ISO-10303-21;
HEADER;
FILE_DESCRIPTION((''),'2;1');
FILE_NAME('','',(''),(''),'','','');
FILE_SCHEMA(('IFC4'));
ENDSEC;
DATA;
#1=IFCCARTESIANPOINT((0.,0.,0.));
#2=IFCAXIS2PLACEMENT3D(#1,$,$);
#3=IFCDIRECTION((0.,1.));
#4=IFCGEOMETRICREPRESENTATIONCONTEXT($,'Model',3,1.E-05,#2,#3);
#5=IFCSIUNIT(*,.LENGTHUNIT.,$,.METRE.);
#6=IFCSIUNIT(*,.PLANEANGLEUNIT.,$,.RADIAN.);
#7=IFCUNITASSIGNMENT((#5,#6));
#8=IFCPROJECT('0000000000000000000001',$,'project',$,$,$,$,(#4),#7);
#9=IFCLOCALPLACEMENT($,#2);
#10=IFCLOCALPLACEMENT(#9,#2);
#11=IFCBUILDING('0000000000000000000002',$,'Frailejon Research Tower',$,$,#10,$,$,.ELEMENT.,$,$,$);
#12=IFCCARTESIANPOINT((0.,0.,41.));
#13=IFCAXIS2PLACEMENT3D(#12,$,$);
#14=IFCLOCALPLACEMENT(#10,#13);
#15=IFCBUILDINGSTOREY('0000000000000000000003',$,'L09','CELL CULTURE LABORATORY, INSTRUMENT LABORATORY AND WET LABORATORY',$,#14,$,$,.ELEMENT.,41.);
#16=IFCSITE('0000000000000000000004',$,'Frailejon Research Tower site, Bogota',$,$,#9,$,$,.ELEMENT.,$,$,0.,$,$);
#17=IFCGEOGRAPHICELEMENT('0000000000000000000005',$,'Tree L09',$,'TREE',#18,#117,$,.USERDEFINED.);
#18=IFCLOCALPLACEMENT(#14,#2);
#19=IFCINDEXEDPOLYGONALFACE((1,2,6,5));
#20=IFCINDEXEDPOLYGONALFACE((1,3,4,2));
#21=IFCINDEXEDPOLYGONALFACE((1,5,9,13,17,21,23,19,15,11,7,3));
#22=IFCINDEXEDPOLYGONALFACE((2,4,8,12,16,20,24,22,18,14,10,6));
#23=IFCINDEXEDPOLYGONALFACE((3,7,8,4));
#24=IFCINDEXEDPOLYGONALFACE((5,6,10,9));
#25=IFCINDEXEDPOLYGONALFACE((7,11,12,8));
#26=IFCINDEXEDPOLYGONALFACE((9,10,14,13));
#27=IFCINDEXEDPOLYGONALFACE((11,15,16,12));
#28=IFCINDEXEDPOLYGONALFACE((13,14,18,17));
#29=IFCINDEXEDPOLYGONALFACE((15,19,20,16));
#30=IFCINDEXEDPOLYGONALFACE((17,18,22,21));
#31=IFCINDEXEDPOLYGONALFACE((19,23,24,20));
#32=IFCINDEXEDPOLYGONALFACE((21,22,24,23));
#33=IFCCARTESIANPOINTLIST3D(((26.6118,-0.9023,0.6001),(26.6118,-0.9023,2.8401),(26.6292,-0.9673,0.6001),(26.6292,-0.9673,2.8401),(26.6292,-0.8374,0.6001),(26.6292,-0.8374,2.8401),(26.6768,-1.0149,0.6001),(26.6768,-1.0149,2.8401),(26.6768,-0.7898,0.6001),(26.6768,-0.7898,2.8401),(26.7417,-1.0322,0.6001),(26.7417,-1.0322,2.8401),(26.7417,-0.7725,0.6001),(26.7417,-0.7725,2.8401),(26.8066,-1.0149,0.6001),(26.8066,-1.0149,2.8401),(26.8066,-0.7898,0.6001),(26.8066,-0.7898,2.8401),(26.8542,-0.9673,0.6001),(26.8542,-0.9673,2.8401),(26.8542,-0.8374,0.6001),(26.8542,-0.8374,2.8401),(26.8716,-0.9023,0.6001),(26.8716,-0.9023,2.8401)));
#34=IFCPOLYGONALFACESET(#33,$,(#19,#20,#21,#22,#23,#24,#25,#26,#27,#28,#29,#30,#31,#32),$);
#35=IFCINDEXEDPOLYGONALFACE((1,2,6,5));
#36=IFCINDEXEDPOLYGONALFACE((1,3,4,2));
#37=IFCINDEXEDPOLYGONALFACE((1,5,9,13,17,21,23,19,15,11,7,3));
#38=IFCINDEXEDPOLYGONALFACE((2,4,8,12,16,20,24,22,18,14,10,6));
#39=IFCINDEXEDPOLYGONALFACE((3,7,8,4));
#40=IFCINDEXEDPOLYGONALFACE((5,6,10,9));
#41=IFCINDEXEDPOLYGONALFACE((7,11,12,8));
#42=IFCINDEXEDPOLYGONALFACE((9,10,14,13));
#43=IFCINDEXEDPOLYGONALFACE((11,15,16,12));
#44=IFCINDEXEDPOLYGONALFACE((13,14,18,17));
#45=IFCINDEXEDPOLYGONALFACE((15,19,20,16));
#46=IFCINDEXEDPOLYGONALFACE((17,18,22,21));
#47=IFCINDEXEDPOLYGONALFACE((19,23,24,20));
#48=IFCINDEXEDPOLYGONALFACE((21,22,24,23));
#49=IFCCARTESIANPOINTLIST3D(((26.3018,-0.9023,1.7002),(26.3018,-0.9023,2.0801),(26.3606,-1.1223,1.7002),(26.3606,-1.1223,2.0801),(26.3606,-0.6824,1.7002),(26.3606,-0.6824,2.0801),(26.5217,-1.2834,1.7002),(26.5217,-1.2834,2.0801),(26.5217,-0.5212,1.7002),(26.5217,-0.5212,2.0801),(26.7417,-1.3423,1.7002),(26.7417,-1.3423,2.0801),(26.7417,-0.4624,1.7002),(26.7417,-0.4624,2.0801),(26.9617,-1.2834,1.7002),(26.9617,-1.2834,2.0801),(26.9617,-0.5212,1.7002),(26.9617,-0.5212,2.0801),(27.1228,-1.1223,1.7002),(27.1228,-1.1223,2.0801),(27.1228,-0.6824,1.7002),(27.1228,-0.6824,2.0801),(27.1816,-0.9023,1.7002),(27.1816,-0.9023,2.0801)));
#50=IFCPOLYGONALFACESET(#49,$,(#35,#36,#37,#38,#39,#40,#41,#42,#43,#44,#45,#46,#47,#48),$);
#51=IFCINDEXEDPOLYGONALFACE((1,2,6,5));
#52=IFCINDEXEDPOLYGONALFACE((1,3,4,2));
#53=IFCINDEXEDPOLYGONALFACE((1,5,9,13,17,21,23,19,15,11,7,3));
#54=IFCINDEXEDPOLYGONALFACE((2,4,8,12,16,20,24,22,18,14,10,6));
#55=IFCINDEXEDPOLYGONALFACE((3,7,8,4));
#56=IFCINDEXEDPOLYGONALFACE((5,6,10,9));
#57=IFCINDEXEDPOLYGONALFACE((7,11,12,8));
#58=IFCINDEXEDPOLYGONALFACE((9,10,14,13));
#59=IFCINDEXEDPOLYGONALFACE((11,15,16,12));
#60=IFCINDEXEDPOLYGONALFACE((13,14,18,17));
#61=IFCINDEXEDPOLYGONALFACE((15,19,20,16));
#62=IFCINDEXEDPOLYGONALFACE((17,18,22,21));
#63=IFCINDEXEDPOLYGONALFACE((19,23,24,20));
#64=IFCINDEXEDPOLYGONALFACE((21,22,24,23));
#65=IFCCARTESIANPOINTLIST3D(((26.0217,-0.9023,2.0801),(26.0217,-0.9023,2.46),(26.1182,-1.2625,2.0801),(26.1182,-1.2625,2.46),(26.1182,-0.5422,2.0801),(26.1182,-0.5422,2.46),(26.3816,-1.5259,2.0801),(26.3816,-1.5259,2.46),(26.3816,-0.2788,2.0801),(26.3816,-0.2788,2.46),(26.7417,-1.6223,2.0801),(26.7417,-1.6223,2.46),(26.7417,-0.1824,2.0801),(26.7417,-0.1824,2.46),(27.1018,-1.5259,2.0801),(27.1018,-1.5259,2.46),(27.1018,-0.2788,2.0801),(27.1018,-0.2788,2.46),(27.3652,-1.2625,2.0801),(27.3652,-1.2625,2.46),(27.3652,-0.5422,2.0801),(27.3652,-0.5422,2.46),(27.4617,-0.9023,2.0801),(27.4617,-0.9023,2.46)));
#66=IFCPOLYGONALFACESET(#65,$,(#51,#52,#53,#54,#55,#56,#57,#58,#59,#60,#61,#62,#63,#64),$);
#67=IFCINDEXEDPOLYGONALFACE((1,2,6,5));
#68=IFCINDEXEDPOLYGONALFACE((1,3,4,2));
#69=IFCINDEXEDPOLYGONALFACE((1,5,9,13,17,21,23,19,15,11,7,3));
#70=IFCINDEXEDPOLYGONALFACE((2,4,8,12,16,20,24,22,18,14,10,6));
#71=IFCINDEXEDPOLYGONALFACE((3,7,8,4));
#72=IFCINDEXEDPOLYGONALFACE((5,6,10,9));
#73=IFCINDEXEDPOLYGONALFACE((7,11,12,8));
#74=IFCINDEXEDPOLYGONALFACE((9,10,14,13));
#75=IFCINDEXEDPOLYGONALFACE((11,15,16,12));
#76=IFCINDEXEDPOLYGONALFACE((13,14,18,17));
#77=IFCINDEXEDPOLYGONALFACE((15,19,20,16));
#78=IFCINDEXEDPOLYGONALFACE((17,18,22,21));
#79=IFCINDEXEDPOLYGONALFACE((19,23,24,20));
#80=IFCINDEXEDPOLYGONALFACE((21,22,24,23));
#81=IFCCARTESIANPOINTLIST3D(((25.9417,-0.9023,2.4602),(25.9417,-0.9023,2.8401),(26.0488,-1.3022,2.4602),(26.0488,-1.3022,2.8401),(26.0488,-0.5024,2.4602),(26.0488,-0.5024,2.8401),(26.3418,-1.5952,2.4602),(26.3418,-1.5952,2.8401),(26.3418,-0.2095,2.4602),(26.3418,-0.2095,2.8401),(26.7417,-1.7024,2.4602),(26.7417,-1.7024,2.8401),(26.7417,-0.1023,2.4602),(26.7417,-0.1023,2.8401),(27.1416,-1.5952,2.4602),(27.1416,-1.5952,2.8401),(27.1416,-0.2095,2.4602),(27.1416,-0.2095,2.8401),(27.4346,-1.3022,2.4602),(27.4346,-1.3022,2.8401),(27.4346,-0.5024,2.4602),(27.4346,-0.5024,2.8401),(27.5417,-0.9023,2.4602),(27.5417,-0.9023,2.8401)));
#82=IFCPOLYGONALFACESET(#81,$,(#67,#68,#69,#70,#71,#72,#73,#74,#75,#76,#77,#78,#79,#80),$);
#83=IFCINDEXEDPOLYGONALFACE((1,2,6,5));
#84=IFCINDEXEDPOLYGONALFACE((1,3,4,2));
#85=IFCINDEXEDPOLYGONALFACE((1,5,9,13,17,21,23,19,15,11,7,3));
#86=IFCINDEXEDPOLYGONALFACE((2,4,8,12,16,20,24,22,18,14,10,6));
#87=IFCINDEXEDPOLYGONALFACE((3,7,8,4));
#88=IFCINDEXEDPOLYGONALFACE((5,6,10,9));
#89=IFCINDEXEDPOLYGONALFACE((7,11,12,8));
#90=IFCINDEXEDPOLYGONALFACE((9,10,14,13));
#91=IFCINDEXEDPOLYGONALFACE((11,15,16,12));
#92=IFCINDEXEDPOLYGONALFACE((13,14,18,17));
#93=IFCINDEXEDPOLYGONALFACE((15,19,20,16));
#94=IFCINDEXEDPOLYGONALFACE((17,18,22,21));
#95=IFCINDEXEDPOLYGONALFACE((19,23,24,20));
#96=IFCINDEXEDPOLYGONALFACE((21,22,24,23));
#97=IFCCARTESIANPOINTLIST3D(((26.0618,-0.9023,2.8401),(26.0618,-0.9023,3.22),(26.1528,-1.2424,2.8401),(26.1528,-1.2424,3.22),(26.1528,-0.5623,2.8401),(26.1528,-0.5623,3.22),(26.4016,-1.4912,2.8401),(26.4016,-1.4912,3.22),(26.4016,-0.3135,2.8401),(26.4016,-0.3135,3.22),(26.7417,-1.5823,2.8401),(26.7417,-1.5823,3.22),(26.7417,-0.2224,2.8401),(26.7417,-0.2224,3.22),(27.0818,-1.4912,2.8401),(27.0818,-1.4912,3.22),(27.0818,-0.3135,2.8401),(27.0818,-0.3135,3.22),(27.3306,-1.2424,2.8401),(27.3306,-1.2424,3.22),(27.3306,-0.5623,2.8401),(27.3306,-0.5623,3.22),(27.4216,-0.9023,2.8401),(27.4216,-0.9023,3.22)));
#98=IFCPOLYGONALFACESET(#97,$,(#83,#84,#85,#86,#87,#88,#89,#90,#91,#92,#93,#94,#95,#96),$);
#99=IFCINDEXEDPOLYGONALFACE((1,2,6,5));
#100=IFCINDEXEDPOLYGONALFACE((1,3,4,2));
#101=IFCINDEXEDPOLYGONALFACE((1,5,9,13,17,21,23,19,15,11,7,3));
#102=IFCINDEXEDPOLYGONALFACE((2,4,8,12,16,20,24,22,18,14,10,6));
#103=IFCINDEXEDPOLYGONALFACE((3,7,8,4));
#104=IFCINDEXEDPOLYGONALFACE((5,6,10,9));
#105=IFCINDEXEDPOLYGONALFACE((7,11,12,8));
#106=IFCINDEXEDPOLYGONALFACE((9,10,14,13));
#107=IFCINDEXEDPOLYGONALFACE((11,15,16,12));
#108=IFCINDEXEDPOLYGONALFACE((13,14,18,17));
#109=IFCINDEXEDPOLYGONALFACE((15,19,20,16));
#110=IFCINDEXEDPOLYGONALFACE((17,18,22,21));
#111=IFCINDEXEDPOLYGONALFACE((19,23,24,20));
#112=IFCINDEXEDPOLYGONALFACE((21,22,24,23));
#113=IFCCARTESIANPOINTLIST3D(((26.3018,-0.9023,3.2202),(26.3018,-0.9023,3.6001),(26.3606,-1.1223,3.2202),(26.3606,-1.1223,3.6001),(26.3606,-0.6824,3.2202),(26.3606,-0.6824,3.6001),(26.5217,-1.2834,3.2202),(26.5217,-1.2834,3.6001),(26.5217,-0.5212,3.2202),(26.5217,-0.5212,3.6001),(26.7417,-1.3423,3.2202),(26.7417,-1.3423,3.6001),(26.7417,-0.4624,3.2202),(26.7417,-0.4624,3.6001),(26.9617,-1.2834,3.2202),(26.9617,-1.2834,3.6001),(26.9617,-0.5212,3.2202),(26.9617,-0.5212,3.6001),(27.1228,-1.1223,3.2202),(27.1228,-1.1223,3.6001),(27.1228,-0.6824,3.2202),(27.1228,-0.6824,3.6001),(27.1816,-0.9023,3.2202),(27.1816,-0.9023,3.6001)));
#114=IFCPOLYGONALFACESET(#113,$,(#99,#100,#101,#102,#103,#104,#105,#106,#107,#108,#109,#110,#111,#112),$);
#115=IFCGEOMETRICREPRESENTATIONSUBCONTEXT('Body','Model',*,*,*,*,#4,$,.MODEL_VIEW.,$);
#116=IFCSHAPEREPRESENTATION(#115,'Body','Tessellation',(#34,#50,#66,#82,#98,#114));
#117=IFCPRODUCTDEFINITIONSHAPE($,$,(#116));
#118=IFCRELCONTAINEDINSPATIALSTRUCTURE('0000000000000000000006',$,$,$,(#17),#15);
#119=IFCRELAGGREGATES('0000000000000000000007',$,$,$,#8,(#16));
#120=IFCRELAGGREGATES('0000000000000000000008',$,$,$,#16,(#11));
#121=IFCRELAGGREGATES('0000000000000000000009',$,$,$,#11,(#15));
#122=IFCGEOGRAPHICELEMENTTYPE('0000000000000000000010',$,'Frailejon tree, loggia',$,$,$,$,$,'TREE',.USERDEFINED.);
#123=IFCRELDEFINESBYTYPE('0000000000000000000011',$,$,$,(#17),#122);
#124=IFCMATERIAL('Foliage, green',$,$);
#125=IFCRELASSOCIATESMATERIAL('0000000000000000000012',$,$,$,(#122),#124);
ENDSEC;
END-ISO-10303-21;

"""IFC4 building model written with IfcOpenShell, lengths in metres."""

from ifc_helpers import new_model, si_unit, direction, frame, origin, place, context, subcontext, project, spatial, polyline, outline, extrude, material, type_object, element, save


model = new_model("IFC4")

# Units and contexts
model_context = context("Model", 3, precision=1e-05, world=origin(), true_north=direction((0.0, 1.0)))
body_context = subcontext(model_context, "Body", "Model", "MODEL_VIEW")
ifc_project = project(units=[si_unit("LENGTHUNIT", "METRE"), si_unit("PLANEANGLEUNIT", "RADIAN")], contexts=[model_context])

# Site, building, storey
site_placement = place(None, origin())
site = spatial("IfcSite", under=ifc_project, at=site_placement, Name="Frailejon Research Tower site, Bogota", CompositionType="ELEMENT", RefElevation=0.0)
building_placement = place(site_placement, origin())
building = spatial("IfcBuilding", under=site, at=building_placement, Name="Frailejon Research Tower", CompositionType="ELEMENT")
storey_placement = place(building_placement, frame((0.0, 0.0, 41.0)))
storey = spatial("IfcBuildingStorey", under=building, at=storey_placement, Name="L09", Description="CELL CULTURE LABORATORY, INSTRUMENT LABORATORY AND WET LABORATORY", CompositionType="ELEMENT", Elevation=41.0)

# Geographic element
ifc_material_1 = material(Name="Foliage, green")
geographic_element_type = type_object("IfcGeographicElementType", Name="Frailejon tree, loggia", ElementType="TREE", PredefinedType="USERDEFINED", material=ifc_material_1)
geographic_element_placement = place(storey_placement, frame((26.7417, -0.9023, 0.6001)))
element("IfcGeographicElement", 1, at=geographic_element_placement, inside=storey, type_object=geographic_element_type, Name="Tree L09", ObjectType="TREE", PredefinedType="USERDEFINED", context=body_context, shape_type="SweptSolid", body=[
    extrude(outline(polyline([(0.1299, 0.0), (0.1125, 0.0649), (0.0649, 0.1125), (0.0, 0.1299), (-0.0649, 0.1125), (-0.1125, 0.0649), (-0.1299, 0.0), (-0.1125, -0.0649), (-0.0649, -0.1125), (0.0, -0.1299), (0.0649, -0.1125), (0.1125, -0.0649), (0.1299, 0.0)])), origin(), (0.0, 0.0, 1.0), 2.24),
    extrude(outline(polyline([(0.4399, 0.0), (0.3811, 0.22), (0.22, 0.3811), (0.0, 0.4399), (-0.22, 0.3811), (-0.3811, 0.22), (-0.4399, 0.0), (-0.3811, -0.22), (-0.22, -0.3811), (0.0, -0.4399), (0.22, -0.3811), (0.3811, -0.22), (0.4399, 0.0)])), frame((0.0, 0.0, 1.1001)), (0.0, 0.0, 1.0), 0.3799),
    extrude(outline(polyline([(0.72, 0.0), (0.6235, 0.3601), (0.3601, 0.6235), (0.0, 0.72), (-0.3601, 0.6235), (-0.6235, 0.3601), (-0.72, 0.0), (-0.6235, -0.3601), (-0.3601, -0.6235), (0.0, -0.72), (0.3601, -0.6235), (0.6235, -0.3601), (0.72, 0.0)])), frame((0.0, 0.0, 1.48)), (0.0, 0.0, 1.0), 0.3799),
    extrude(outline(polyline([(0.8, 0.0), (0.6929, 0.3999), (0.3999, 0.6929), (0.0, 0.8), (-0.3999, 0.6929), (-0.6929, 0.3999), (-0.8, 0.0), (-0.6929, -0.3999), (-0.3999, -0.6929), (0.0, -0.8), (0.3999, -0.6929), (0.6929, -0.3999), (0.8, 0.0)])), frame((0.0, 0.0, 1.8601)), (0.0, 0.0, 1.0), 0.3799),
    extrude(outline(polyline([(0.6799, 0.0), (0.5889, 0.3401), (0.3401, 0.5889), (0.0, 0.6799), (-0.3401, 0.5889), (-0.5889, 0.3401), (-0.6799, 0.0), (-0.5889, -0.3401), (-0.3401, -0.5889), (0.0, -0.6799), (0.3401, -0.5889), (0.5889, -0.3401), (0.6799, 0.0)])), frame((0.0, 0.0, 2.24)), (0.0, 0.0, 1.0), 0.3799),
    extrude(outline(polyline([(0.4399, 0.0), (0.3811, 0.22), (0.22, 0.3811), (0.0, 0.4399), (-0.22, 0.3811), (-0.3811, 0.22), (-0.4399, 0.0), (-0.3811, -0.22), (-0.22, -0.3811), (0.0, -0.4399), (0.22, -0.3811), (0.3811, -0.22), (0.4399, 0.0)])), frame((0.0, 0.0, 2.6201)), (0.0, 0.0, 1.0), 0.3799),
])

save(model, "model.ifc")
